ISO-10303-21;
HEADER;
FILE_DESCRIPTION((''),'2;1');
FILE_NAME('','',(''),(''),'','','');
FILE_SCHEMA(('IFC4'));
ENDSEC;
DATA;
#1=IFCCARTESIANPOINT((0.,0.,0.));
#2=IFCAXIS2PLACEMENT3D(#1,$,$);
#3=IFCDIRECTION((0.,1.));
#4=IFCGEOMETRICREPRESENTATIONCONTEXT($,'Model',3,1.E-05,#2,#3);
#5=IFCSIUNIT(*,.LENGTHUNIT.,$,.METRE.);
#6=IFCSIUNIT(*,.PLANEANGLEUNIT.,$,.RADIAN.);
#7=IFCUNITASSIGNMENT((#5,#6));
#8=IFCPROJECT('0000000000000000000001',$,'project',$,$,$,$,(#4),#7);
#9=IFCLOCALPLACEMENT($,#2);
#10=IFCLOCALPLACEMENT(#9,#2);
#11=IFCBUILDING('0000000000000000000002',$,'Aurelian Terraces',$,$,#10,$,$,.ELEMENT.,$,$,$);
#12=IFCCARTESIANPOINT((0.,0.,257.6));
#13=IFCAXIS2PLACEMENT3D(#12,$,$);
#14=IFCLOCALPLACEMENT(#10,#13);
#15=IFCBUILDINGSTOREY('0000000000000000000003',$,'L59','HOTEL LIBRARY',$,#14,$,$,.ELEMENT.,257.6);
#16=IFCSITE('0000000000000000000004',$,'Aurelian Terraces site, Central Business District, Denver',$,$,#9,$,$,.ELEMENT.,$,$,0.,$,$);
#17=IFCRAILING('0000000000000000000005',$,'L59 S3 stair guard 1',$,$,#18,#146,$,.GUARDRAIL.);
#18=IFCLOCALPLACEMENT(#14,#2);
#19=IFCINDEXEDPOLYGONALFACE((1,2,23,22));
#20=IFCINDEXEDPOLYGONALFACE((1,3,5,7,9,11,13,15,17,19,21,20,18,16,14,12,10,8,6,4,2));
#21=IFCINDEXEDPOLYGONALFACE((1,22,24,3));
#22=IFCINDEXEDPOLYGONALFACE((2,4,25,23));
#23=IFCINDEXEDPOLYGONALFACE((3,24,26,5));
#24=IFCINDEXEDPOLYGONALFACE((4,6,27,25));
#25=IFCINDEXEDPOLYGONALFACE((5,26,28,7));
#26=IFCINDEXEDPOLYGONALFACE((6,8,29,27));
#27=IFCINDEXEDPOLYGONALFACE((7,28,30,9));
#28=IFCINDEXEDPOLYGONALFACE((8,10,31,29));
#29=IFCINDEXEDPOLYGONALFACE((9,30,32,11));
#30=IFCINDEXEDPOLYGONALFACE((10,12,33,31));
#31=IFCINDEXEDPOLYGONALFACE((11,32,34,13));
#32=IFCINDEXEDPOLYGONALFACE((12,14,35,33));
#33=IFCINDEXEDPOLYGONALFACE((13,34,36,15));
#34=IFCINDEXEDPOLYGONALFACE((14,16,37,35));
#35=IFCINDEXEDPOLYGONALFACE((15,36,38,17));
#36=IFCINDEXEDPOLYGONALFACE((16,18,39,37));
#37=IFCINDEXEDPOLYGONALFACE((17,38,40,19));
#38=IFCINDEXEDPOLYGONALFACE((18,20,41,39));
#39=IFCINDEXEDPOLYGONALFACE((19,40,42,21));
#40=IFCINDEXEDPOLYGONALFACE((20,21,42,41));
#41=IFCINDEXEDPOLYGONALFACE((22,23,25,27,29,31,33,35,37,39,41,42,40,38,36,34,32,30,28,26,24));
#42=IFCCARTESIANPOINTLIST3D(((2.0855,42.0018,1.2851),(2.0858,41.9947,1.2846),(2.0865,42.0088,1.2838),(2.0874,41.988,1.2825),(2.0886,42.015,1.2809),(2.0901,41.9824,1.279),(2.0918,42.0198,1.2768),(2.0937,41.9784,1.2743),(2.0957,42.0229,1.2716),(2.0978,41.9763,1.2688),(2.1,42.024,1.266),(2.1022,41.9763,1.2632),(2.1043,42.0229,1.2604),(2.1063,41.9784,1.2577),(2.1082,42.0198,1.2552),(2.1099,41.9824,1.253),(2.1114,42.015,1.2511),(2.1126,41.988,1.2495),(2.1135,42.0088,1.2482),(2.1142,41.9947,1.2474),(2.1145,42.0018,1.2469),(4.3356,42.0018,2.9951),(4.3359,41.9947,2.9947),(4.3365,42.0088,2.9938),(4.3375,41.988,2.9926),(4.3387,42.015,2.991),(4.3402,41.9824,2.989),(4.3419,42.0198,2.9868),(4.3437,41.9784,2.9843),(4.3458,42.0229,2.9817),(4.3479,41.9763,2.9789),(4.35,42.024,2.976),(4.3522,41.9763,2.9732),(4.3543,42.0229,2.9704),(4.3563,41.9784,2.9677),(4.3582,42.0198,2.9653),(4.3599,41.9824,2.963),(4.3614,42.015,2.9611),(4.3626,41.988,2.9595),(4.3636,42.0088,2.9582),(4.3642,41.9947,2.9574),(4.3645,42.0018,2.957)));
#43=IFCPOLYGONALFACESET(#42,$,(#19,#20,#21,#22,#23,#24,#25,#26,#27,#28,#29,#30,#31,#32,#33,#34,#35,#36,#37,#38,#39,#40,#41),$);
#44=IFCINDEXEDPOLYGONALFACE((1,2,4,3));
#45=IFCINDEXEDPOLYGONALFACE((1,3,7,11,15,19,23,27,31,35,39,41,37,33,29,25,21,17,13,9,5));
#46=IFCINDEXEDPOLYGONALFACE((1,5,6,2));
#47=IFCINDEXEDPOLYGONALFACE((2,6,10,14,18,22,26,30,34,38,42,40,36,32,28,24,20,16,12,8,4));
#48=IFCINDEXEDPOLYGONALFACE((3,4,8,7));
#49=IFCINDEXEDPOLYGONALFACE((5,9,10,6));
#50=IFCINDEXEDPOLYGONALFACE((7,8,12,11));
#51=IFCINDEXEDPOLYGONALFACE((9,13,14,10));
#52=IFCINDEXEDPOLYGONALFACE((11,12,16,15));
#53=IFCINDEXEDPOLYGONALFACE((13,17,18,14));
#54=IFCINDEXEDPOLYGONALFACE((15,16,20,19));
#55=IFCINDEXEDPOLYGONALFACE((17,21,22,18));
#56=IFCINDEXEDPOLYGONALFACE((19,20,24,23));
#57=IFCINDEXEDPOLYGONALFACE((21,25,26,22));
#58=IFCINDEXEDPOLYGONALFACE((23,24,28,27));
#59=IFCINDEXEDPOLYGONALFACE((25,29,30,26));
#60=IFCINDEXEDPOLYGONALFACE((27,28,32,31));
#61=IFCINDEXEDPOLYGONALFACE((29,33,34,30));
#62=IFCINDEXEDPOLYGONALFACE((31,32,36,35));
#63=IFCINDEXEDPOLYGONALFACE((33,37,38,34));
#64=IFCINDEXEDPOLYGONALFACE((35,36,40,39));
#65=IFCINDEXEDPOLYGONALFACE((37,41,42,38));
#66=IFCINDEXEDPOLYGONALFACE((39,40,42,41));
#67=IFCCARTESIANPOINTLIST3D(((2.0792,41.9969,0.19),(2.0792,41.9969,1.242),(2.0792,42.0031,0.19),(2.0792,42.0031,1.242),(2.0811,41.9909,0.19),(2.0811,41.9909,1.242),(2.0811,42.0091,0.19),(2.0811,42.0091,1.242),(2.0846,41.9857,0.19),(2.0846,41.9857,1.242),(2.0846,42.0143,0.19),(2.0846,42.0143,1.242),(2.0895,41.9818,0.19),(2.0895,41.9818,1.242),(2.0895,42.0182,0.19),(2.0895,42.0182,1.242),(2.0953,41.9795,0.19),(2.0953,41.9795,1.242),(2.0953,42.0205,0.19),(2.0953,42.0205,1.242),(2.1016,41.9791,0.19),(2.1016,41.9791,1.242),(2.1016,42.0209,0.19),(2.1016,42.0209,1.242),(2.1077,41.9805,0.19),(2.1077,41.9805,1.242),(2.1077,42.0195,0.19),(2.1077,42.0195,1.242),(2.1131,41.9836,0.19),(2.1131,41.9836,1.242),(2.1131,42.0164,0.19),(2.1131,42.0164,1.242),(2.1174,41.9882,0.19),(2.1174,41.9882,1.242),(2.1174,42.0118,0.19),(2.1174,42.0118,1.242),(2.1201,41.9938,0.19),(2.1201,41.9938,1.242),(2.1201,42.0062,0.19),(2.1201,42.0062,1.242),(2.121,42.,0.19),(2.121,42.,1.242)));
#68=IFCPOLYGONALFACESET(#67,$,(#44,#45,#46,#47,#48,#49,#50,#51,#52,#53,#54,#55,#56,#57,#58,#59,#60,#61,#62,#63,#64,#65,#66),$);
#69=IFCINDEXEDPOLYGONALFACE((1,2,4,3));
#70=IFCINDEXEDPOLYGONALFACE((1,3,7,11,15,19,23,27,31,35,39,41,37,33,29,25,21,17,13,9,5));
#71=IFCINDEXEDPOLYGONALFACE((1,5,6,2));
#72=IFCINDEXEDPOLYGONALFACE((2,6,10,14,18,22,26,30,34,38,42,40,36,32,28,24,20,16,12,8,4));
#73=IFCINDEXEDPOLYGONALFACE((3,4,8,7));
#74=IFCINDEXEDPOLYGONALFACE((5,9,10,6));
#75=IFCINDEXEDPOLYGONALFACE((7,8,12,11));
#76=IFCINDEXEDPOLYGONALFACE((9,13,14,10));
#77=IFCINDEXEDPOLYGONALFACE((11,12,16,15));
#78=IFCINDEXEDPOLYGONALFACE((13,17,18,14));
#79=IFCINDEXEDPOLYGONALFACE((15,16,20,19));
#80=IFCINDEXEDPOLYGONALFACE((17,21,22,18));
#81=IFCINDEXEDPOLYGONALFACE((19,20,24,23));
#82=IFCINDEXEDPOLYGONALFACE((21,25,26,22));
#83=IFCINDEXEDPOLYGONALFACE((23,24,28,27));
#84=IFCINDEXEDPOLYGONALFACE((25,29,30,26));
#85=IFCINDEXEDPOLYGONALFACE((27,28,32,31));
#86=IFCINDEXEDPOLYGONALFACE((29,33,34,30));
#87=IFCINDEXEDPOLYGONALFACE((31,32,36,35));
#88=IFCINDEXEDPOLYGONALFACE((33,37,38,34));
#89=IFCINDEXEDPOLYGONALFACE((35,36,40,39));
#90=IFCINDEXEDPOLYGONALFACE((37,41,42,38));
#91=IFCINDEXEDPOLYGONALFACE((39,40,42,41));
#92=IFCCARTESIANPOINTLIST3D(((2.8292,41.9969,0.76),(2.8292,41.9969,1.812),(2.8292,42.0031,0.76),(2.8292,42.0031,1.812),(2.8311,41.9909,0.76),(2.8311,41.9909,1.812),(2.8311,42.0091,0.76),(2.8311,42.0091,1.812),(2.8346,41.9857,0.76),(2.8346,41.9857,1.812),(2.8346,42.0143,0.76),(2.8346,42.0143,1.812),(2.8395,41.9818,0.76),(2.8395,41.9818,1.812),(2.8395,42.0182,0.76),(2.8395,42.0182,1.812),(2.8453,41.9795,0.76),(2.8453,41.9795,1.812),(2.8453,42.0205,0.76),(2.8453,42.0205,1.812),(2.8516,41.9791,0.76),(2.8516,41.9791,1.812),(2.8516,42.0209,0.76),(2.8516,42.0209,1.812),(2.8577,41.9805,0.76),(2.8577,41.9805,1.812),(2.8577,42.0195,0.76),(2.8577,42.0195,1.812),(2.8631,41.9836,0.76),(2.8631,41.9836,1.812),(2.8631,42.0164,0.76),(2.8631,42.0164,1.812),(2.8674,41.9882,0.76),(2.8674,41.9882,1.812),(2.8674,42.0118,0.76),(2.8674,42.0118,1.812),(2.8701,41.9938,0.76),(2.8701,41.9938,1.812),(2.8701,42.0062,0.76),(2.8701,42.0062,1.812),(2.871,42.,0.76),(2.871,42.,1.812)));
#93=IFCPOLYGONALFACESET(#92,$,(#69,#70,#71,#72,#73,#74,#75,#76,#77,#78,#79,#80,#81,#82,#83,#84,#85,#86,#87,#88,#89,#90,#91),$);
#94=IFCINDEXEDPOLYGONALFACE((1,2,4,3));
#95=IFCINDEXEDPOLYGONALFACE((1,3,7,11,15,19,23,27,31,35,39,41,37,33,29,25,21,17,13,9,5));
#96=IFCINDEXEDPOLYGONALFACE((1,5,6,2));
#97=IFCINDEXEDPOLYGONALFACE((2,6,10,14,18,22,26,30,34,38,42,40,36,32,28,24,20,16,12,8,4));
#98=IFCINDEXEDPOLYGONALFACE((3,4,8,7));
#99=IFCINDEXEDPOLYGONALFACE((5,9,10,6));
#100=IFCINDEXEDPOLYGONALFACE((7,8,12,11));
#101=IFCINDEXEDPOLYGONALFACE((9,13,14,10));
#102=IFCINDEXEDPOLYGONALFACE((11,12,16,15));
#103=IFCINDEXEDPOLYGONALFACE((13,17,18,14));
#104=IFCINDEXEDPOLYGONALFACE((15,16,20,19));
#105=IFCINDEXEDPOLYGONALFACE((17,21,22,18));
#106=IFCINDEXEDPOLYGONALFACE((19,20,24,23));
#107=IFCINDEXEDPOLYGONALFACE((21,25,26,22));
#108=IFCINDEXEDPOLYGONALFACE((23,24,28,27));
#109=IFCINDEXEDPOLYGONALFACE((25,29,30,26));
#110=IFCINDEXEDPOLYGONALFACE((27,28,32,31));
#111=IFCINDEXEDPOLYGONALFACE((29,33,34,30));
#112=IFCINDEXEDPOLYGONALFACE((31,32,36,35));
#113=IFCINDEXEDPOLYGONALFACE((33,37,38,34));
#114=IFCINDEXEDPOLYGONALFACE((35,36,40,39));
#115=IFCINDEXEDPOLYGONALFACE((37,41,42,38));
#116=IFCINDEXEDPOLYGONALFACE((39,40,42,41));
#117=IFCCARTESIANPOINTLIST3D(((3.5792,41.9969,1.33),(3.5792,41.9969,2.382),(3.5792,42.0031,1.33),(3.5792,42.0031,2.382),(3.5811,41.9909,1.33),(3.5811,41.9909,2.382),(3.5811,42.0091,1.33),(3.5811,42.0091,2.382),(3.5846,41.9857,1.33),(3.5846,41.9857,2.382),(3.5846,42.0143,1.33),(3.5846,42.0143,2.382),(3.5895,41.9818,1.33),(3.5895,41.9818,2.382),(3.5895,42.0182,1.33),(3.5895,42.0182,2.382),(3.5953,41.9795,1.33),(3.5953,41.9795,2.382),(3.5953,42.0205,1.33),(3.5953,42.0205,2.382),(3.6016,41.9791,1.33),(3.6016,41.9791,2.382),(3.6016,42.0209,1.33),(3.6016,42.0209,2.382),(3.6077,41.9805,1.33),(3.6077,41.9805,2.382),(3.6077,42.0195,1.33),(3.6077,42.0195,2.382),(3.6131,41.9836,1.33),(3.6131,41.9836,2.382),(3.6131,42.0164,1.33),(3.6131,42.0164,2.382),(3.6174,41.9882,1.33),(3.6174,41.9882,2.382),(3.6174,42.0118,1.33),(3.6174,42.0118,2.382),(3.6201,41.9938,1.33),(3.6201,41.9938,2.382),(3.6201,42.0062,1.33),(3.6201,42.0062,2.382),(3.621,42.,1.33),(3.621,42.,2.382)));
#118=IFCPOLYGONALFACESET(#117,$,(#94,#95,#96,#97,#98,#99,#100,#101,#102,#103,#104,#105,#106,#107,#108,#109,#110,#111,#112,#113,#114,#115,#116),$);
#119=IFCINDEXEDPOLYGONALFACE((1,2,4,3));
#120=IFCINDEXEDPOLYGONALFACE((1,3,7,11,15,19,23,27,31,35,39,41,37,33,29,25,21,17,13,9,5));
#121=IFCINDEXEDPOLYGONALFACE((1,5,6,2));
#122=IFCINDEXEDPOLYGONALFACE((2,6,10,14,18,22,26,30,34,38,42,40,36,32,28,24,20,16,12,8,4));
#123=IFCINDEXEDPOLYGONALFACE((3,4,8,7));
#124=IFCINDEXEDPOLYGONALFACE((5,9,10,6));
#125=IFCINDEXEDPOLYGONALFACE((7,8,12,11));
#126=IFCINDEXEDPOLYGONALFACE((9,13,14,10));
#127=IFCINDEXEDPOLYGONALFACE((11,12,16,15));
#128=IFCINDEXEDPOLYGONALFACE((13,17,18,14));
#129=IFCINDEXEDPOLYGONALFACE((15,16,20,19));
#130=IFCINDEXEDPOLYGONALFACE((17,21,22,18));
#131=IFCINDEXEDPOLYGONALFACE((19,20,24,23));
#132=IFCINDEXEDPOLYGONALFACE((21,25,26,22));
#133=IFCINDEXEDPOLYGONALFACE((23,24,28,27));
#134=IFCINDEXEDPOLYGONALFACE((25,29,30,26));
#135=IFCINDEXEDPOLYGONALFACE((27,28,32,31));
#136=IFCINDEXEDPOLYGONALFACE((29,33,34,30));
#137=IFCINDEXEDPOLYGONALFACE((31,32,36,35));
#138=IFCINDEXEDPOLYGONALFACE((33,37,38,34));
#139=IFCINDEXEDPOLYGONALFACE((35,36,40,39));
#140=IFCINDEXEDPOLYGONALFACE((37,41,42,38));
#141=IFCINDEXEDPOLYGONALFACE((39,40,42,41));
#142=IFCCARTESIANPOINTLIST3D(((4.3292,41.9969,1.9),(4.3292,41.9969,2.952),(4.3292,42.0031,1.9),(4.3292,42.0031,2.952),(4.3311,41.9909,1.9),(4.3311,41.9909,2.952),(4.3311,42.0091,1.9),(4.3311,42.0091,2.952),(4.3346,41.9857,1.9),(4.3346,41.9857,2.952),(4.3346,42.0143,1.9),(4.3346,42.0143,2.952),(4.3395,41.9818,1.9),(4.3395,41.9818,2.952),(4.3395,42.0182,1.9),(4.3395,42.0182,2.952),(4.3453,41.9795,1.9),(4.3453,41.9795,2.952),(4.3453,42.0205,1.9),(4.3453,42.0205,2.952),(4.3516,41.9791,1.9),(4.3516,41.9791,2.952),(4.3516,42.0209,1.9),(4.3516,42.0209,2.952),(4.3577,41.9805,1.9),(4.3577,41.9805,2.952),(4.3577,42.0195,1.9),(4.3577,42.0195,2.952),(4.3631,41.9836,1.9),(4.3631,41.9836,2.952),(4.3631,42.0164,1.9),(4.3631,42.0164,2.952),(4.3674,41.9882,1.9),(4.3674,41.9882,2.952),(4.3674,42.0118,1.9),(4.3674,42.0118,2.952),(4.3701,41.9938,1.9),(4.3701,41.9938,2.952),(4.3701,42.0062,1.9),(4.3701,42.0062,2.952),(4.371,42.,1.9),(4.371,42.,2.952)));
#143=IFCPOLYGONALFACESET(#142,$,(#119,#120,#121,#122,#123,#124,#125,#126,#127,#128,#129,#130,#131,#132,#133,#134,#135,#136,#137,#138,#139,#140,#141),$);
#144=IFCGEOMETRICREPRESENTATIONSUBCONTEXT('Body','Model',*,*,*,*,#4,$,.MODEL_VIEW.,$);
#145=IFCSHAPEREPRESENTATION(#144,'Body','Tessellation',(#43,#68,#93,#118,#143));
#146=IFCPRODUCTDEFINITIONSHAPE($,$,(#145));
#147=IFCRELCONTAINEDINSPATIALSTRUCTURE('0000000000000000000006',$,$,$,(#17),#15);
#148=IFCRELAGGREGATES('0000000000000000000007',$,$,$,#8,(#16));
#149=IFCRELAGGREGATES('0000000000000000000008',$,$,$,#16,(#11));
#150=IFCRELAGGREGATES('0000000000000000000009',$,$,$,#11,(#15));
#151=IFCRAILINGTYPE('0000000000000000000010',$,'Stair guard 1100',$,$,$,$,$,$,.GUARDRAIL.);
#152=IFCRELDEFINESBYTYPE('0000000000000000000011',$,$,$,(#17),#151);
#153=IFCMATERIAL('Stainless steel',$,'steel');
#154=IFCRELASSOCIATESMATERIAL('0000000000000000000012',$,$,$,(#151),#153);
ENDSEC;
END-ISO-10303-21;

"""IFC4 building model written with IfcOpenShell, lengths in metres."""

from ifc_helpers import new_model, si_unit, direction, frame, origin, origin_2d, place, context, subcontext, project, spatial, circle, extrude, source, transform, mapped, material, type_object, element, save


model = new_model("IFC4")

# Units and contexts
model_context = context("Model", 3, precision=1e-05, world=origin(), true_north=direction((0.0, 1.0)))
body_context = subcontext(model_context, "Body", "Model", "MODEL_VIEW")
ifc_project = project(units=[si_unit("LENGTHUNIT", "METRE"), si_unit("PLANEANGLEUNIT", "RADIAN")], contexts=[model_context])

# Site, building, storey
site_placement = place(None, origin())
site = spatial("IfcSite", under=ifc_project, at=site_placement, Name="Aurelian Terraces site, Central Business District, Denver", CompositionType="ELEMENT", RefElevation=0.0)
building_placement = place(site_placement, origin())
building = spatial("IfcBuilding", under=site, at=building_placement, Name="Aurelian Terraces", CompositionType="ELEMENT")
storey_placement = place(building_placement, frame((0.0, 0.0, 257.6)))
storey = spatial("IfcBuildingStorey", under=building, at=storey_placement, Name="L59", Description="HOTEL LIBRARY", CompositionType="ELEMENT", Elevation=257.6)

# Railing
ifc_material_1 = material(Name="Stainless steel", Category="steel")
railing_type_1 = type_object("IfcRailingType", Name="Stair guard 1100", PredefinedType="GUARDRAIL", material=ifc_material_1)
shared_shape_1 = source(origin(), body_context, "Body", "SweptSolid", [
    extrude(circle(Radius=0.024, at=origin_2d()), frame((0.0, 0.0, 1.076), z_axis=(0.796162, 0.0, 0.605083), x_axis=(0.0, 1.0, 0.0)), (0.0, 0.0, 1.0), 2.8261),
    extrude(circle(Radius=0.021, at=origin_2d()), origin(), (0.0, 0.0, 1.0), 1.052),
    extrude(circle(Radius=0.021, at=origin_2d()), frame((0.75, 0.0, 0.57)), (0.0, 0.0, 1.0), 1.052),
    extrude(circle(Radius=0.021, at=origin_2d()), frame((1.5, 0.0, 1.14)), (0.0, 0.0, 1.0), 1.052),
    extrude(circle(Radius=0.021, at=origin_2d()), frame((2.25, 0.0, 1.71)), (0.0, 0.0, 1.0), 1.052),
])
railing_1_placement = place(storey_placement, frame((2.1, 42.0, 0.19)))
element("IfcRailing", 1, at=railing_1_placement, inside=storey, type_object=railing_type_1, Name="L59 S3 stair guard 1", PredefinedType="GUARDRAIL", context=body_context, shape_type="MappedRepresentation", body=[
    mapped(shared_shape_1, transform((0.0, 0.0, 0.0), scale=1.0)),
])

save(model, "model.ifc")
